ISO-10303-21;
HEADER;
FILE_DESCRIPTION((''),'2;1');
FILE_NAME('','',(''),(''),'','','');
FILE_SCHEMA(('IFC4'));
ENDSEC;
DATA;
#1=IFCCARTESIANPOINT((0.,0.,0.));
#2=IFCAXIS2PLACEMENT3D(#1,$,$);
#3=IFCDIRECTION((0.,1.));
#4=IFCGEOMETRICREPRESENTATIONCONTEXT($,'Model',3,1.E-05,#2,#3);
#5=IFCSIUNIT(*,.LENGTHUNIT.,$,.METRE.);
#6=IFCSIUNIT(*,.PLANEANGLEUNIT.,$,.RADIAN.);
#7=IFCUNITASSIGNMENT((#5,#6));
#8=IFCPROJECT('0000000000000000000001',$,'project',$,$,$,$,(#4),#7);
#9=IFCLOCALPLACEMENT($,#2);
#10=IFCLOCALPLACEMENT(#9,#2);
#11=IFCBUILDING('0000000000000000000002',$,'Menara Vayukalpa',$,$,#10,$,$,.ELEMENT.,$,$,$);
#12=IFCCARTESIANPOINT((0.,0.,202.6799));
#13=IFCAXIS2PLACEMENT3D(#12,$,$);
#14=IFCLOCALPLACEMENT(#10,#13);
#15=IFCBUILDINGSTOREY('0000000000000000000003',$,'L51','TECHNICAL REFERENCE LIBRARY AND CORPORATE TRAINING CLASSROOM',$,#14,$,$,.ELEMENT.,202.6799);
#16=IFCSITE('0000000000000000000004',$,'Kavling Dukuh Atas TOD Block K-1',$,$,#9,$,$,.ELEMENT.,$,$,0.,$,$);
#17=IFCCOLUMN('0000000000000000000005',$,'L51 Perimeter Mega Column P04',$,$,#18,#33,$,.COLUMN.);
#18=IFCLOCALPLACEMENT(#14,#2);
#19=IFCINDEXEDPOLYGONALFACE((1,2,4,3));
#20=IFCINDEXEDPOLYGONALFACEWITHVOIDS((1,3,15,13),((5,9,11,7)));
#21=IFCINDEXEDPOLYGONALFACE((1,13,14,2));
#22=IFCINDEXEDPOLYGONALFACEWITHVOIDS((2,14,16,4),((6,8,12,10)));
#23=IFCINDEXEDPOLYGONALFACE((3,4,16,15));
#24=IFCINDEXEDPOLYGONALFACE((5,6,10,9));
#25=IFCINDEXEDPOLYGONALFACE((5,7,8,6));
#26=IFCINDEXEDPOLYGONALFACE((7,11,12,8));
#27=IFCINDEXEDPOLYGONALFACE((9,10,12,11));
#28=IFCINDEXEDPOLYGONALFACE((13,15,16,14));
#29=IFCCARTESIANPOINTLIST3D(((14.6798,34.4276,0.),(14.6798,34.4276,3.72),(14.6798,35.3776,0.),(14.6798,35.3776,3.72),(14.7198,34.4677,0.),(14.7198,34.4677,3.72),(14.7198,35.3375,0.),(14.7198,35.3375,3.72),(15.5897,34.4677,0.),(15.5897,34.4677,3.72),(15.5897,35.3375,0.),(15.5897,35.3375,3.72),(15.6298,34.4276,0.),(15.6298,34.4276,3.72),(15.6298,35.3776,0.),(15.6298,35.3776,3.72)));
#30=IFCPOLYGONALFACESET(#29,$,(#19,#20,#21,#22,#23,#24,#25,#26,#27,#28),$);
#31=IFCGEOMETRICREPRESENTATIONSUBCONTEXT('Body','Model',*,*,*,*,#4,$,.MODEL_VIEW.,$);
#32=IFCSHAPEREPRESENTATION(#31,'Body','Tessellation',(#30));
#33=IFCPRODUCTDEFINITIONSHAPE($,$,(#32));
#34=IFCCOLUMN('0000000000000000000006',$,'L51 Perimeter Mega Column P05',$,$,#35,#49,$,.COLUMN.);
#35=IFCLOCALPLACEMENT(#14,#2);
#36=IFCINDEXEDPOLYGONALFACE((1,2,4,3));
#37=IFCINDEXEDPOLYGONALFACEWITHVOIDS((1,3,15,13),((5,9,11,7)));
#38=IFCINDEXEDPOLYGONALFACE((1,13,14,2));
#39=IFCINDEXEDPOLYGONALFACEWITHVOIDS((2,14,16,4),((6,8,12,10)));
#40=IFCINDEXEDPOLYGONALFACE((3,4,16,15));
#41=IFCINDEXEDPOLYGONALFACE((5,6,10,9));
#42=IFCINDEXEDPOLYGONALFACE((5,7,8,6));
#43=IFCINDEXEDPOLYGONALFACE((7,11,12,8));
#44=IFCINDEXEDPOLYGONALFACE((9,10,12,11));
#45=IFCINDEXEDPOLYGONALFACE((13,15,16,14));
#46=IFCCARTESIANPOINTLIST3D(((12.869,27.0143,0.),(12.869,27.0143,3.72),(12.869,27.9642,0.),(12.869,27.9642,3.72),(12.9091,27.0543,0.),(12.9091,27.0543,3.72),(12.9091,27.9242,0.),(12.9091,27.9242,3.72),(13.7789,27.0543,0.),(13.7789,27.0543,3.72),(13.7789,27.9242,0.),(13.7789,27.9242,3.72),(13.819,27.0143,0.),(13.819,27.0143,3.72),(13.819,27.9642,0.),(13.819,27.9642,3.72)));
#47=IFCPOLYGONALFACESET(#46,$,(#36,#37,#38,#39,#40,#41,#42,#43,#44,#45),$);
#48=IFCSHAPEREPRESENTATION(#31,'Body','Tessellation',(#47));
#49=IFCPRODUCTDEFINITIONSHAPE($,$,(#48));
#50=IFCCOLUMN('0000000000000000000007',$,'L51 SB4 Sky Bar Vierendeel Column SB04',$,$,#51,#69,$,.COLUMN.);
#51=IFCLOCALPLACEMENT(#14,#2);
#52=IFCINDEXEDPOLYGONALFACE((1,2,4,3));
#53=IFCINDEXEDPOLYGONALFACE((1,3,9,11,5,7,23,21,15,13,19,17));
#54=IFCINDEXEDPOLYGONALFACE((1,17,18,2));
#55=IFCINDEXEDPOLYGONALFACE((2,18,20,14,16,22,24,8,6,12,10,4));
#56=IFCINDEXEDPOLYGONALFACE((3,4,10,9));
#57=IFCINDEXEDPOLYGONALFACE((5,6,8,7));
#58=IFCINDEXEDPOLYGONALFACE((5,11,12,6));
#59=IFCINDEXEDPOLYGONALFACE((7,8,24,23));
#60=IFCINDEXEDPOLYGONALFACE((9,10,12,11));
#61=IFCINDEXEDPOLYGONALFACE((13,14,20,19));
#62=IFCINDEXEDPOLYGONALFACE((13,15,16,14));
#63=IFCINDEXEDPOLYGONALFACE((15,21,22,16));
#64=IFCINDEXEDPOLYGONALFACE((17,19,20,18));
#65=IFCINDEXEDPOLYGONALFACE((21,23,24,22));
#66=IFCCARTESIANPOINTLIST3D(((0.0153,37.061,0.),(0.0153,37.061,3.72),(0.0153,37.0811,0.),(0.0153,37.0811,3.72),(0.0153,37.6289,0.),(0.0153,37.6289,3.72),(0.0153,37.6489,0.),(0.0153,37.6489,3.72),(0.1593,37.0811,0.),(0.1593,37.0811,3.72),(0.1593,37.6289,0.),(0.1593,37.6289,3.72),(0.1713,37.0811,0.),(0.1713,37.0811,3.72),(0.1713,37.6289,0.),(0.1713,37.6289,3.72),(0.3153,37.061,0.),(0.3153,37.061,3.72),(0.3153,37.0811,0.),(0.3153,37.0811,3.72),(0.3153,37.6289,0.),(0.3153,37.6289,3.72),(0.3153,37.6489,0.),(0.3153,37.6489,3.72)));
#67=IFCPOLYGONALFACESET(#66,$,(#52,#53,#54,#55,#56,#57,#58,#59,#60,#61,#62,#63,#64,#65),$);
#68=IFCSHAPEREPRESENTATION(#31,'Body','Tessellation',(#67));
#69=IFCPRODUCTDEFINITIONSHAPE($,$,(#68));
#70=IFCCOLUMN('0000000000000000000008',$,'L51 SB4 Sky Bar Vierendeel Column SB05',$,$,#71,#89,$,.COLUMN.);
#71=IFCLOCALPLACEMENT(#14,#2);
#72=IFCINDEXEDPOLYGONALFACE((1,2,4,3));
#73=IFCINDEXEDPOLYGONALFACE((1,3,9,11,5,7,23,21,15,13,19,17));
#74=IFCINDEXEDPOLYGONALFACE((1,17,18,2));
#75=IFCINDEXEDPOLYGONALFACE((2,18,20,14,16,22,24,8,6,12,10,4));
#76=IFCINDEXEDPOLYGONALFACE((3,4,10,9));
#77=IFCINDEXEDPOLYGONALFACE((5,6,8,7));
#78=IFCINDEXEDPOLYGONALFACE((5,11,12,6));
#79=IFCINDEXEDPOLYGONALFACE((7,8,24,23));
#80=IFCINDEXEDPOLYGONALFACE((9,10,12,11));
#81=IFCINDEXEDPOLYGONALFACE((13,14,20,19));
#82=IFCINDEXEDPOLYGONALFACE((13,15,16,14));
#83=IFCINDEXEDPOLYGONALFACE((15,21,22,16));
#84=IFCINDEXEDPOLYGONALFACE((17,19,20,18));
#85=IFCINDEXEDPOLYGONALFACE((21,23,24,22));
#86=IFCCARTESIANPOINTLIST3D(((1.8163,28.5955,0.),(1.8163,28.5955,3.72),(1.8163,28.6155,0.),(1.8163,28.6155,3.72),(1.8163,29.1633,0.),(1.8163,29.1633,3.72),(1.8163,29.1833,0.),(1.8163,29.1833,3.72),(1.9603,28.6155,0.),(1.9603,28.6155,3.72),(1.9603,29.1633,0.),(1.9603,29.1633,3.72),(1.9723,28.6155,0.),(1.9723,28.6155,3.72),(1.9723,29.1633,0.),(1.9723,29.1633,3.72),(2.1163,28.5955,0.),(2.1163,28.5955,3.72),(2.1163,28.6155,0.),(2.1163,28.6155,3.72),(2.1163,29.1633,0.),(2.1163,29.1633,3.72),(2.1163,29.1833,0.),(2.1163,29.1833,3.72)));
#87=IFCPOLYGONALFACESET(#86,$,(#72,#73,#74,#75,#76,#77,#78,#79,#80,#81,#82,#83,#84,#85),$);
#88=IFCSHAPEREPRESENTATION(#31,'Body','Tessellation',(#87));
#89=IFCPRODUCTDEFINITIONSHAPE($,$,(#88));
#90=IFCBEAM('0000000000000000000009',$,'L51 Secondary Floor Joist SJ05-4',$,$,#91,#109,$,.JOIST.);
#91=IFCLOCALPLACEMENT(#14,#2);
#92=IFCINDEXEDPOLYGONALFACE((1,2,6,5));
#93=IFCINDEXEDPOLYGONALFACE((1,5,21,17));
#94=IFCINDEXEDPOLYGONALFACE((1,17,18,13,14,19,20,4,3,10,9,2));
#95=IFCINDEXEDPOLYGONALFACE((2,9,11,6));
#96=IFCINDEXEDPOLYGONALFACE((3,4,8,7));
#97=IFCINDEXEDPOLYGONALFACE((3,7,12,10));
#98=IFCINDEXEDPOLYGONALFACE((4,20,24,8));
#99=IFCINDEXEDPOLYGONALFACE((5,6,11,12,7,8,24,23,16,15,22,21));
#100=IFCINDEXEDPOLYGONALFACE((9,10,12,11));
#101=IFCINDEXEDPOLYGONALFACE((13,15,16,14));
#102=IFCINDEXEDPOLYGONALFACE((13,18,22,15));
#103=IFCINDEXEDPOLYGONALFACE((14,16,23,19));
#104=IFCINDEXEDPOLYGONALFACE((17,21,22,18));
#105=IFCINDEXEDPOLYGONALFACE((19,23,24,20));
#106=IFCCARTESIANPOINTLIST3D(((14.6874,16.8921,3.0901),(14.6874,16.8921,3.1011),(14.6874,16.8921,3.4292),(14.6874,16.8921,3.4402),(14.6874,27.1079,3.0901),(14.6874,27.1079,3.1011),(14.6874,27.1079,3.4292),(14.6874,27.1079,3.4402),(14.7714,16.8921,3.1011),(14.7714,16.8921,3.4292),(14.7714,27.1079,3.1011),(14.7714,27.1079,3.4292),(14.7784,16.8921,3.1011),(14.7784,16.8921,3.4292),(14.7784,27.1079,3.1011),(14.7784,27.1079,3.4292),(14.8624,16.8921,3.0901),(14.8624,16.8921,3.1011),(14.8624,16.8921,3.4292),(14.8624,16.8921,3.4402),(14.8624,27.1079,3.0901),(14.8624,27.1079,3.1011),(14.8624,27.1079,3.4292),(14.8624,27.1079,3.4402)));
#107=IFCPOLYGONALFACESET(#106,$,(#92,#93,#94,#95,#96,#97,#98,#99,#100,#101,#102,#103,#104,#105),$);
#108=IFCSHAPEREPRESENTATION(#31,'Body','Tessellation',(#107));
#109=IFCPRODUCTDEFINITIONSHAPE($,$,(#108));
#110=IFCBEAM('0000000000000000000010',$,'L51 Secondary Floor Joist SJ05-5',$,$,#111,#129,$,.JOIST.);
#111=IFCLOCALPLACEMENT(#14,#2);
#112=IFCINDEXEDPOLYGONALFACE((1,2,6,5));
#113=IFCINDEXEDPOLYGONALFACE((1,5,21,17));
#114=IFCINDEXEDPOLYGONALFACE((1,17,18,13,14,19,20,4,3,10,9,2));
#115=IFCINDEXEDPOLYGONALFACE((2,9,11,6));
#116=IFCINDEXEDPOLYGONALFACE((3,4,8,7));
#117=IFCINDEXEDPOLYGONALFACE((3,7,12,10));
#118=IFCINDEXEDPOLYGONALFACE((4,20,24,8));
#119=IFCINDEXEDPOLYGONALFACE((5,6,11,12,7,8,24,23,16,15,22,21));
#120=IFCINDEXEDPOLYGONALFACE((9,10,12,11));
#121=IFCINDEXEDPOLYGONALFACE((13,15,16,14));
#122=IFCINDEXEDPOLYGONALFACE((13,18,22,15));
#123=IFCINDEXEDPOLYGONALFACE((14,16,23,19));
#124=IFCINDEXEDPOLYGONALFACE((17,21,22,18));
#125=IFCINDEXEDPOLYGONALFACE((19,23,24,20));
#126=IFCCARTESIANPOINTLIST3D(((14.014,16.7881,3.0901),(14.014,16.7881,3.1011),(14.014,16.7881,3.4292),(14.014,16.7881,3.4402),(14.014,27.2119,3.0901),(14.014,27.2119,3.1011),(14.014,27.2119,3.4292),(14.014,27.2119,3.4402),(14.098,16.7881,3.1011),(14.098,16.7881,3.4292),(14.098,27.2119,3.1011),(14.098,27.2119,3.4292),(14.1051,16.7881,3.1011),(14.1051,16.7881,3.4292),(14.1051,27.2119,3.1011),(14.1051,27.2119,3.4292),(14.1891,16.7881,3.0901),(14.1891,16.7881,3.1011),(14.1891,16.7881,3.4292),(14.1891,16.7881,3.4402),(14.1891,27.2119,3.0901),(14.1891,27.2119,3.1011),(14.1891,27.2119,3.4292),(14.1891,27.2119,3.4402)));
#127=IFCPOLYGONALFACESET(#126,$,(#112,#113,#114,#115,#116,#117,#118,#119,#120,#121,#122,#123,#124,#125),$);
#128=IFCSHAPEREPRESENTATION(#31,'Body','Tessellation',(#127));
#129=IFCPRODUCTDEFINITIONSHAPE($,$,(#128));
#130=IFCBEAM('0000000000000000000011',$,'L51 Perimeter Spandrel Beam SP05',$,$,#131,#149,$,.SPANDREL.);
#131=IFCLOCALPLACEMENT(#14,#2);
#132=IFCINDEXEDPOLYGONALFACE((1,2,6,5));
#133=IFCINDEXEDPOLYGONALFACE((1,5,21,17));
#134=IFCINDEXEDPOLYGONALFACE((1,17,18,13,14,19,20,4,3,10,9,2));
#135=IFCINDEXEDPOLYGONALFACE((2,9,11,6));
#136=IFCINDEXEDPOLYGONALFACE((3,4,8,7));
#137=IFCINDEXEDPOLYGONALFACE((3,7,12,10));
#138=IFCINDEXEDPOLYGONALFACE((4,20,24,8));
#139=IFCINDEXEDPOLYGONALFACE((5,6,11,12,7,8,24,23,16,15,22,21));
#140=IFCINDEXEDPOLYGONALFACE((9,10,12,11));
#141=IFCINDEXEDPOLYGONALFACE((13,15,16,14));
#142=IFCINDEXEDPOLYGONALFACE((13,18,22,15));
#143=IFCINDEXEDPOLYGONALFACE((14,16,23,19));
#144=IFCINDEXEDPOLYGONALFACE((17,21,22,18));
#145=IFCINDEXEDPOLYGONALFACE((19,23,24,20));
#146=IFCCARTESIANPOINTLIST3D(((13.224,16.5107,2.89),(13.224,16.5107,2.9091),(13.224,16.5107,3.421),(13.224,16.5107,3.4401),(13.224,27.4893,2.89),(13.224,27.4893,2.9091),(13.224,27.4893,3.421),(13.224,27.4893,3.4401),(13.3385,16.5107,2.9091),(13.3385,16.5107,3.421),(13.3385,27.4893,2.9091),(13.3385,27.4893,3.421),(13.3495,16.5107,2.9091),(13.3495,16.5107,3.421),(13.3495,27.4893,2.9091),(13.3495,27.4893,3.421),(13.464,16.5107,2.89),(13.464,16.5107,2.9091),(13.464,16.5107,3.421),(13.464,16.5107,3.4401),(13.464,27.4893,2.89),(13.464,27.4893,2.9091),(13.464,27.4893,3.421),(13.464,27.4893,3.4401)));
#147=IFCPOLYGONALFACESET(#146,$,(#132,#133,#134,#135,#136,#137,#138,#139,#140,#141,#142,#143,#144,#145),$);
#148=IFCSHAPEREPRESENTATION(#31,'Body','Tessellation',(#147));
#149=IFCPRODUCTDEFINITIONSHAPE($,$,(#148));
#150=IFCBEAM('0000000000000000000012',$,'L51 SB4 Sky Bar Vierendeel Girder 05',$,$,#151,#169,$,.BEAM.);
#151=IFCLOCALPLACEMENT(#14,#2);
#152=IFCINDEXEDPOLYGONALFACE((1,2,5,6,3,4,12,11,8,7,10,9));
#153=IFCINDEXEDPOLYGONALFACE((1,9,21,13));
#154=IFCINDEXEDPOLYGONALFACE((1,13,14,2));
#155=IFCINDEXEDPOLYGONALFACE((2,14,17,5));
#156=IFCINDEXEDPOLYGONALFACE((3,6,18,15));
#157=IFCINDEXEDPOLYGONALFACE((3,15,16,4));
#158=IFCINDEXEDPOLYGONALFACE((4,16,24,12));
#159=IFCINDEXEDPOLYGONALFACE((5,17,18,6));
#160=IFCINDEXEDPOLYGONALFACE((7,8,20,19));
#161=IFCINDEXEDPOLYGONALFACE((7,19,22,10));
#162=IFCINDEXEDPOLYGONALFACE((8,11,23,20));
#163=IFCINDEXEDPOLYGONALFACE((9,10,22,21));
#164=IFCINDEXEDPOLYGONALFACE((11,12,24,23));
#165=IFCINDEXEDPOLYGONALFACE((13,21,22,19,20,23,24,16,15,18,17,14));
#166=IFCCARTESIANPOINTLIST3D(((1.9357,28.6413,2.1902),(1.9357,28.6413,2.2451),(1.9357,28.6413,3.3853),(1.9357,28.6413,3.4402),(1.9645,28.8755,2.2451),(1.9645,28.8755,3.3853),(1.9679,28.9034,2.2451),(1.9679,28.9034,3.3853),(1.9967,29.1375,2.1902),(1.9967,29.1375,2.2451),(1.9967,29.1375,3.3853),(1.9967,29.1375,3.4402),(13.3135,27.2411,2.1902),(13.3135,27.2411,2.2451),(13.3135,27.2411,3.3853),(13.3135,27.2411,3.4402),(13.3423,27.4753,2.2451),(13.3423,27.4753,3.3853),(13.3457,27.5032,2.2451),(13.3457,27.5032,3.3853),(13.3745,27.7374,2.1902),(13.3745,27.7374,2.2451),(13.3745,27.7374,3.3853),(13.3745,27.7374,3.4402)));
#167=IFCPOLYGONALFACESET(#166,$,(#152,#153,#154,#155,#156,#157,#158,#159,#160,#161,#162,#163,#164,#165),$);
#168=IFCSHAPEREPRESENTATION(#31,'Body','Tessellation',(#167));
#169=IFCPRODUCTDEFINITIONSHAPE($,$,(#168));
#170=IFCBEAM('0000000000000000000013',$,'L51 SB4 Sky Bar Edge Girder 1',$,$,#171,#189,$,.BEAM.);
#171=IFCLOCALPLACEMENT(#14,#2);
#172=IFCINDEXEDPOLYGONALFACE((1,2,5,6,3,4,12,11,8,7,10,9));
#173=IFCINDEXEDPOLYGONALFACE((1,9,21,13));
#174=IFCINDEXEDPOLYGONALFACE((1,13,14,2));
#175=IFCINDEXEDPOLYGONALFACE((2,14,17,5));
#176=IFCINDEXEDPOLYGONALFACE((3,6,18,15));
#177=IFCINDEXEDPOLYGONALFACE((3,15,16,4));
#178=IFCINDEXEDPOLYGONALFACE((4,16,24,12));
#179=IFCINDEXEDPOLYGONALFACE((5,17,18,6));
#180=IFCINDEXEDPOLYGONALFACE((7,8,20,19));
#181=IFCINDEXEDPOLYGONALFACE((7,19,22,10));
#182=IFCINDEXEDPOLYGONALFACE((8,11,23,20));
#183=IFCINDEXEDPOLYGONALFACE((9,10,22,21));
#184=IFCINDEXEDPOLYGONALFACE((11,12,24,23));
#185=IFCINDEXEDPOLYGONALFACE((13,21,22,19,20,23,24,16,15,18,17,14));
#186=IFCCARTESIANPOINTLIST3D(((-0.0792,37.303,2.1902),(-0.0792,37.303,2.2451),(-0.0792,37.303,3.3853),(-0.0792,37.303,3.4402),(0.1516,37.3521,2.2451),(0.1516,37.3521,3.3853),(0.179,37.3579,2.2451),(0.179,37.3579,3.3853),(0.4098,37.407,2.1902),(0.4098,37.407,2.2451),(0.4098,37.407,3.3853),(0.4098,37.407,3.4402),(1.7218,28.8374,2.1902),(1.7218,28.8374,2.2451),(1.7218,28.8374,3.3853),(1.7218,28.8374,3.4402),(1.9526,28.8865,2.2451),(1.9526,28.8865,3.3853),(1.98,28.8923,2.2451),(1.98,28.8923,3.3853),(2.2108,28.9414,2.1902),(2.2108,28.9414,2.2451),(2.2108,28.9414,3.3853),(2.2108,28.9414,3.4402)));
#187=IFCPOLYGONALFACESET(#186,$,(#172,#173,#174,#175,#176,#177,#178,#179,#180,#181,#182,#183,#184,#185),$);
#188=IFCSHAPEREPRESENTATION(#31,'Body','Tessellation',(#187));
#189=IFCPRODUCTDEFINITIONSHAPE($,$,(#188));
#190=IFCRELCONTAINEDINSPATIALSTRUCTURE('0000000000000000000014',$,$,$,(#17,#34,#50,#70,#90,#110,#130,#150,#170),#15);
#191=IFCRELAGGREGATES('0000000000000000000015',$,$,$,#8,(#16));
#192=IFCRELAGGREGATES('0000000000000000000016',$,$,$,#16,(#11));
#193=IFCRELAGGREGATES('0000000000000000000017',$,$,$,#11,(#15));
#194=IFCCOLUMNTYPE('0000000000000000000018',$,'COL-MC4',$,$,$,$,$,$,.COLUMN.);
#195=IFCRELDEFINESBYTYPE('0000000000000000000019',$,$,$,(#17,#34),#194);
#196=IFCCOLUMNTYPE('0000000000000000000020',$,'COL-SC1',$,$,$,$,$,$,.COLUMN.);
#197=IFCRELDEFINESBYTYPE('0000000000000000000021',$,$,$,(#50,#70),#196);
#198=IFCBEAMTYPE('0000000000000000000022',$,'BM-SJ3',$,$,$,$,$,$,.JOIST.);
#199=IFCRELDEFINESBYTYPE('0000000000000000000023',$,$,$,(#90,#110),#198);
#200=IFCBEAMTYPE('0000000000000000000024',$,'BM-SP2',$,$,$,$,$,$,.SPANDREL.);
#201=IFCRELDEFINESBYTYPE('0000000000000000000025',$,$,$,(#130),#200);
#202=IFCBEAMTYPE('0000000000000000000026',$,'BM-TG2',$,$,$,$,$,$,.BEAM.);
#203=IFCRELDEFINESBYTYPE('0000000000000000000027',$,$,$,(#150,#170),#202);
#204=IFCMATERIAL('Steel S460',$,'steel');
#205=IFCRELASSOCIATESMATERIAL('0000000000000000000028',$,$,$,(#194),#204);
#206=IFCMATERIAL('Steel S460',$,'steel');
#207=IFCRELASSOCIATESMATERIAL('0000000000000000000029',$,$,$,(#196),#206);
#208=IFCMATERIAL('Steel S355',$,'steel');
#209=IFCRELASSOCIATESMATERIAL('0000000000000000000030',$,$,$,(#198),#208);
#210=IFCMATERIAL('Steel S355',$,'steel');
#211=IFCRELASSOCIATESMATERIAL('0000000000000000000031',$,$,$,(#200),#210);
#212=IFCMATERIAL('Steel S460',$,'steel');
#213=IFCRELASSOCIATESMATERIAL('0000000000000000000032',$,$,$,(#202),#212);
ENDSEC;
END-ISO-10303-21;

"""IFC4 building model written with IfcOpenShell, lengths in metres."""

from ifc_helpers import new_model, si_unit, direction, frame, origin, origin_2d, place, context, subcontext, project, spatial, hollow_rectangle, i_section, extrude, material, material_profile, profile_set, type_object, element, save


model = new_model("IFC4")

# Units and contexts
model_context = context("Model", 3, precision=1e-05, world=origin(), true_north=direction((0.0, 1.0)))
body_context = subcontext(model_context, "Body", "Model", "MODEL_VIEW")
ifc_project = project(units=[si_unit("LENGTHUNIT", "METRE"), si_unit("PLANEANGLEUNIT", "RADIAN")], contexts=[model_context])

# Site, building, storey
site_placement = place(None, origin())
site = spatial("IfcSite", under=ifc_project, at=site_placement, Name="Kavling Dukuh Atas TOD Block K-1", CompositionType="ELEMENT", RefElevation=0.0)
building_placement = place(site_placement, origin())
building = spatial("IfcBuilding", under=site, at=building_placement, Name="Menara Vayukalpa", CompositionType="ELEMENT")
storey_placement = place(building_placement, frame((0.0, 0.0, 202.6799)))
storey = spatial("IfcBuildingStorey", under=building, at=storey_placement, Name="L51", Description="TECHNICAL REFERENCE LIBRARY AND CORPORATE TRAINING CLASSROOM", CompositionType="ELEMENT", Elevation=202.6799)

# Columns
ifc_material_1 = material(Name="Steel S460", Category="steel")
ifc_material_profile_1 = material_profile(ifc_material_1, hollow_rectangle(XDim=0.95, YDim=0.95, WallThickness=0.04, at=origin_2d()), Name="BOX 950x950x40")
ifc_profile_set_1 = profile_set([ifc_material_profile_1], Name="Steel S460")
column_type_1 = type_object("IfcColumnType", Name="COL-MC4", PredefinedType="COLUMN", material=ifc_profile_set_1)
for number, where, z_axis, x_axis, name in (
    (1, (15.1548, 34.9026, 0.0), (0.0, 0.0, 1.0), (1.0, 0.0, 0.0), "L51 Perimeter Mega Column P04"),
    (2, (13.344, 27.4893, 0.0), (0.0, 0.0, 1.0), (1.0, 0.0, 0.0), "L51 Perimeter Mega Column P05"),
):
    element("IfcColumn", number, at=place(storey_placement, frame(where, z_axis=z_axis, x_axis=x_axis)), inside=storey, type_object=column_type_1, Name=name, PredefinedType="COLUMN", context=body_context, shape_type="SweptSolid", body=[
        extrude(hollow_rectangle(XDim=0.95, YDim=0.95, WallThickness=0.04, at=origin_2d()), origin(), (0.0, 0.0, 1.0), 3.72),
    ])
ifc_material_2 = material(Name="Steel S460", Category="steel")
ifc_material_profile_2 = material_profile(ifc_material_2, i_section(OverallWidth=0.3, OverallDepth=0.5879, WebThickness=0.012, FlangeThickness=0.02, at=origin_2d()), Name="H 588x300x12x20")
ifc_profile_set_2 = profile_set([ifc_material_profile_2], Name="Steel S460")
column_type_2 = type_object("IfcColumnType", Name="COL-SC1", PredefinedType="COLUMN", material=ifc_profile_set_2)
for number, where, z_axis, x_axis, name in (
    (3, (0.1653, 37.355, 0.0), (0.0, 0.0, 1.0), (1.0, 0.0, 0.0), "L51 SB4 Sky Bar Vierendeel Column SB04"),
    (4, (1.9663, 28.8894, 0.0), (0.0, 0.0, 1.0), (1.0, 0.0, 0.0), "L51 SB4 Sky Bar Vierendeel Column SB05"),
):
    element("IfcColumn", number, at=place(storey_placement, frame(where, z_axis=z_axis, x_axis=x_axis)), inside=storey, type_object=column_type_2, Name=name, PredefinedType="COLUMN", context=body_context, shape_type="SweptSolid", body=[
        extrude(i_section(OverallWidth=0.3, OverallDepth=0.5879, WebThickness=0.012, FlangeThickness=0.02, at=origin_2d()), origin(), (0.0, 0.0, 1.0), 3.72),
    ])

# Beams
ifc_material_3 = material(Name="Steel S355", Category="steel")
ifc_material_profile_3 = material_profile(ifc_material_3, i_section(OverallWidth=0.175, OverallDepth=0.3501, WebThickness=0.0071, FlangeThickness=0.011, at=origin_2d()), Name="WF 350x175x7x11")
ifc_profile_set_3 = profile_set([ifc_material_profile_3], Name="Steel S355")
beam_type_1 = type_object("IfcBeamType", Name="BM-SJ3", PredefinedType="JOIST", material=ifc_profile_set_3)
beam_1_placement = place(storey_placement, frame((14.7749, 27.1079, 3.2651), z_axis=(0.0, -1.0, 0.0), x_axis=(1.0, 0.0, 0.0)))
element("IfcBeam", 5, at=beam_1_placement, inside=storey, type_object=beam_type_1, Name="L51 Secondary Floor Joist SJ05-4", PredefinedType="JOIST", context=body_context, shape_type="SweptSolid", body=[
    extrude(i_section(OverallWidth=0.175, OverallDepth=0.3501, WebThickness=0.0071, FlangeThickness=0.011, at=origin_2d()), origin(), (0.0, 0.0, 1.0), 10.2158),
])
beam_2_placement = place(storey_placement, frame((14.1016, 27.2119, 3.2651), z_axis=(0.0, -1.0, 0.0), x_axis=(1.0, 0.0, 0.0)))
element("IfcBeam", 6, at=beam_2_placement, inside=storey, type_object=beam_type_1, Name="L51 Secondary Floor Joist SJ05-5", PredefinedType="JOIST", context=body_context, shape_type="SweptSolid", body=[
    extrude(i_section(OverallWidth=0.175, OverallDepth=0.3501, WebThickness=0.0071, FlangeThickness=0.011, at=origin_2d()), origin(), (0.0, 0.0, 1.0), 10.4238),
])
ifc_material_4 = material(Name="Steel S355", Category="steel")
ifc_material_profile_4 = material_profile(ifc_material_4, i_section(OverallWidth=0.24, OverallDepth=0.55, WebThickness=0.011, FlangeThickness=0.019, at=origin_2d()), Name="WF 550x240x11x19")
ifc_profile_set_4 = profile_set([ifc_material_profile_4], Name="Steel S355")
beam_type_2 = type_object("IfcBeamType", Name="BM-SP2", PredefinedType="SPANDREL", material=ifc_profile_set_4)
beam_3_placement = place(storey_placement, frame((13.344, 27.4893, 3.165), z_axis=(0.0, -1.0, 0.0), x_axis=(1.0, 0.0, 0.0)))
element("IfcBeam", 7, at=beam_3_placement, inside=storey, type_object=beam_type_2, Name="L51 Perimeter Spandrel Beam SP05", PredefinedType="SPANDREL", context=body_context, shape_type="SweptSolid", body=[
    extrude(i_section(OverallWidth=0.24, OverallDepth=0.55, WebThickness=0.011, FlangeThickness=0.019, at=origin_2d()), origin(), (0.0, 0.0, 1.0), 10.9785),
])
ifc_material_5 = material(Name="Steel S460", Category="steel")
ifc_material_profile_5 = material_profile(ifc_material_5, i_section(OverallWidth=0.5, OverallDepth=1.25, WebThickness=0.0281, FlangeThickness=0.0549, at=origin_2d()), Name="WG 1250x500x28x55")
ifc_profile_set_5 = profile_set([ifc_material_profile_5], Name="Steel S460")
beam_type_3 = type_object("IfcBeamType", Name="BM-TG2", PredefinedType="BEAM", material=ifc_profile_set_5)
beam_4_placement = place(storey_placement, frame((13.344, 27.4893, 2.8152), z_axis=(-0.992513, 0.122139, 0.0), x_axis=(-0.122139, -0.992513, 0.0)))
element("IfcBeam", 8, at=beam_4_placement, inside=storey, type_object=beam_type_3, Name="L51 SB4 Sky Bar Vierendeel Girder 05", PredefinedType="BEAM", context=body_context, shape_type="SweptSolid", body=[
    extrude(i_section(OverallWidth=0.5, OverallDepth=1.25, WebThickness=0.0281, FlangeThickness=0.0549, at=origin_2d()), origin(), (0.0, 0.0, 1.0), 11.4636),
])
beam_5_placement = place(storey_placement, frame((0.1653, 37.355, 2.8152), z_axis=(0.20809, -0.97811, 0.0), x_axis=(0.97811, 0.20809, 0.0)))
element("IfcBeam", 9, at=beam_5_placement, inside=storey, type_object=beam_type_3, Name="L51 SB4 Sky Bar Edge Girder 1", PredefinedType="BEAM", context=body_context, shape_type="SweptSolid", body=[
    extrude(i_section(OverallWidth=0.5, OverallDepth=1.25, WebThickness=0.0281, FlangeThickness=0.0549, at=origin_2d()), origin(), (0.0, 0.0, 1.0), 8.655),
])

save(model, "model.ifc")
